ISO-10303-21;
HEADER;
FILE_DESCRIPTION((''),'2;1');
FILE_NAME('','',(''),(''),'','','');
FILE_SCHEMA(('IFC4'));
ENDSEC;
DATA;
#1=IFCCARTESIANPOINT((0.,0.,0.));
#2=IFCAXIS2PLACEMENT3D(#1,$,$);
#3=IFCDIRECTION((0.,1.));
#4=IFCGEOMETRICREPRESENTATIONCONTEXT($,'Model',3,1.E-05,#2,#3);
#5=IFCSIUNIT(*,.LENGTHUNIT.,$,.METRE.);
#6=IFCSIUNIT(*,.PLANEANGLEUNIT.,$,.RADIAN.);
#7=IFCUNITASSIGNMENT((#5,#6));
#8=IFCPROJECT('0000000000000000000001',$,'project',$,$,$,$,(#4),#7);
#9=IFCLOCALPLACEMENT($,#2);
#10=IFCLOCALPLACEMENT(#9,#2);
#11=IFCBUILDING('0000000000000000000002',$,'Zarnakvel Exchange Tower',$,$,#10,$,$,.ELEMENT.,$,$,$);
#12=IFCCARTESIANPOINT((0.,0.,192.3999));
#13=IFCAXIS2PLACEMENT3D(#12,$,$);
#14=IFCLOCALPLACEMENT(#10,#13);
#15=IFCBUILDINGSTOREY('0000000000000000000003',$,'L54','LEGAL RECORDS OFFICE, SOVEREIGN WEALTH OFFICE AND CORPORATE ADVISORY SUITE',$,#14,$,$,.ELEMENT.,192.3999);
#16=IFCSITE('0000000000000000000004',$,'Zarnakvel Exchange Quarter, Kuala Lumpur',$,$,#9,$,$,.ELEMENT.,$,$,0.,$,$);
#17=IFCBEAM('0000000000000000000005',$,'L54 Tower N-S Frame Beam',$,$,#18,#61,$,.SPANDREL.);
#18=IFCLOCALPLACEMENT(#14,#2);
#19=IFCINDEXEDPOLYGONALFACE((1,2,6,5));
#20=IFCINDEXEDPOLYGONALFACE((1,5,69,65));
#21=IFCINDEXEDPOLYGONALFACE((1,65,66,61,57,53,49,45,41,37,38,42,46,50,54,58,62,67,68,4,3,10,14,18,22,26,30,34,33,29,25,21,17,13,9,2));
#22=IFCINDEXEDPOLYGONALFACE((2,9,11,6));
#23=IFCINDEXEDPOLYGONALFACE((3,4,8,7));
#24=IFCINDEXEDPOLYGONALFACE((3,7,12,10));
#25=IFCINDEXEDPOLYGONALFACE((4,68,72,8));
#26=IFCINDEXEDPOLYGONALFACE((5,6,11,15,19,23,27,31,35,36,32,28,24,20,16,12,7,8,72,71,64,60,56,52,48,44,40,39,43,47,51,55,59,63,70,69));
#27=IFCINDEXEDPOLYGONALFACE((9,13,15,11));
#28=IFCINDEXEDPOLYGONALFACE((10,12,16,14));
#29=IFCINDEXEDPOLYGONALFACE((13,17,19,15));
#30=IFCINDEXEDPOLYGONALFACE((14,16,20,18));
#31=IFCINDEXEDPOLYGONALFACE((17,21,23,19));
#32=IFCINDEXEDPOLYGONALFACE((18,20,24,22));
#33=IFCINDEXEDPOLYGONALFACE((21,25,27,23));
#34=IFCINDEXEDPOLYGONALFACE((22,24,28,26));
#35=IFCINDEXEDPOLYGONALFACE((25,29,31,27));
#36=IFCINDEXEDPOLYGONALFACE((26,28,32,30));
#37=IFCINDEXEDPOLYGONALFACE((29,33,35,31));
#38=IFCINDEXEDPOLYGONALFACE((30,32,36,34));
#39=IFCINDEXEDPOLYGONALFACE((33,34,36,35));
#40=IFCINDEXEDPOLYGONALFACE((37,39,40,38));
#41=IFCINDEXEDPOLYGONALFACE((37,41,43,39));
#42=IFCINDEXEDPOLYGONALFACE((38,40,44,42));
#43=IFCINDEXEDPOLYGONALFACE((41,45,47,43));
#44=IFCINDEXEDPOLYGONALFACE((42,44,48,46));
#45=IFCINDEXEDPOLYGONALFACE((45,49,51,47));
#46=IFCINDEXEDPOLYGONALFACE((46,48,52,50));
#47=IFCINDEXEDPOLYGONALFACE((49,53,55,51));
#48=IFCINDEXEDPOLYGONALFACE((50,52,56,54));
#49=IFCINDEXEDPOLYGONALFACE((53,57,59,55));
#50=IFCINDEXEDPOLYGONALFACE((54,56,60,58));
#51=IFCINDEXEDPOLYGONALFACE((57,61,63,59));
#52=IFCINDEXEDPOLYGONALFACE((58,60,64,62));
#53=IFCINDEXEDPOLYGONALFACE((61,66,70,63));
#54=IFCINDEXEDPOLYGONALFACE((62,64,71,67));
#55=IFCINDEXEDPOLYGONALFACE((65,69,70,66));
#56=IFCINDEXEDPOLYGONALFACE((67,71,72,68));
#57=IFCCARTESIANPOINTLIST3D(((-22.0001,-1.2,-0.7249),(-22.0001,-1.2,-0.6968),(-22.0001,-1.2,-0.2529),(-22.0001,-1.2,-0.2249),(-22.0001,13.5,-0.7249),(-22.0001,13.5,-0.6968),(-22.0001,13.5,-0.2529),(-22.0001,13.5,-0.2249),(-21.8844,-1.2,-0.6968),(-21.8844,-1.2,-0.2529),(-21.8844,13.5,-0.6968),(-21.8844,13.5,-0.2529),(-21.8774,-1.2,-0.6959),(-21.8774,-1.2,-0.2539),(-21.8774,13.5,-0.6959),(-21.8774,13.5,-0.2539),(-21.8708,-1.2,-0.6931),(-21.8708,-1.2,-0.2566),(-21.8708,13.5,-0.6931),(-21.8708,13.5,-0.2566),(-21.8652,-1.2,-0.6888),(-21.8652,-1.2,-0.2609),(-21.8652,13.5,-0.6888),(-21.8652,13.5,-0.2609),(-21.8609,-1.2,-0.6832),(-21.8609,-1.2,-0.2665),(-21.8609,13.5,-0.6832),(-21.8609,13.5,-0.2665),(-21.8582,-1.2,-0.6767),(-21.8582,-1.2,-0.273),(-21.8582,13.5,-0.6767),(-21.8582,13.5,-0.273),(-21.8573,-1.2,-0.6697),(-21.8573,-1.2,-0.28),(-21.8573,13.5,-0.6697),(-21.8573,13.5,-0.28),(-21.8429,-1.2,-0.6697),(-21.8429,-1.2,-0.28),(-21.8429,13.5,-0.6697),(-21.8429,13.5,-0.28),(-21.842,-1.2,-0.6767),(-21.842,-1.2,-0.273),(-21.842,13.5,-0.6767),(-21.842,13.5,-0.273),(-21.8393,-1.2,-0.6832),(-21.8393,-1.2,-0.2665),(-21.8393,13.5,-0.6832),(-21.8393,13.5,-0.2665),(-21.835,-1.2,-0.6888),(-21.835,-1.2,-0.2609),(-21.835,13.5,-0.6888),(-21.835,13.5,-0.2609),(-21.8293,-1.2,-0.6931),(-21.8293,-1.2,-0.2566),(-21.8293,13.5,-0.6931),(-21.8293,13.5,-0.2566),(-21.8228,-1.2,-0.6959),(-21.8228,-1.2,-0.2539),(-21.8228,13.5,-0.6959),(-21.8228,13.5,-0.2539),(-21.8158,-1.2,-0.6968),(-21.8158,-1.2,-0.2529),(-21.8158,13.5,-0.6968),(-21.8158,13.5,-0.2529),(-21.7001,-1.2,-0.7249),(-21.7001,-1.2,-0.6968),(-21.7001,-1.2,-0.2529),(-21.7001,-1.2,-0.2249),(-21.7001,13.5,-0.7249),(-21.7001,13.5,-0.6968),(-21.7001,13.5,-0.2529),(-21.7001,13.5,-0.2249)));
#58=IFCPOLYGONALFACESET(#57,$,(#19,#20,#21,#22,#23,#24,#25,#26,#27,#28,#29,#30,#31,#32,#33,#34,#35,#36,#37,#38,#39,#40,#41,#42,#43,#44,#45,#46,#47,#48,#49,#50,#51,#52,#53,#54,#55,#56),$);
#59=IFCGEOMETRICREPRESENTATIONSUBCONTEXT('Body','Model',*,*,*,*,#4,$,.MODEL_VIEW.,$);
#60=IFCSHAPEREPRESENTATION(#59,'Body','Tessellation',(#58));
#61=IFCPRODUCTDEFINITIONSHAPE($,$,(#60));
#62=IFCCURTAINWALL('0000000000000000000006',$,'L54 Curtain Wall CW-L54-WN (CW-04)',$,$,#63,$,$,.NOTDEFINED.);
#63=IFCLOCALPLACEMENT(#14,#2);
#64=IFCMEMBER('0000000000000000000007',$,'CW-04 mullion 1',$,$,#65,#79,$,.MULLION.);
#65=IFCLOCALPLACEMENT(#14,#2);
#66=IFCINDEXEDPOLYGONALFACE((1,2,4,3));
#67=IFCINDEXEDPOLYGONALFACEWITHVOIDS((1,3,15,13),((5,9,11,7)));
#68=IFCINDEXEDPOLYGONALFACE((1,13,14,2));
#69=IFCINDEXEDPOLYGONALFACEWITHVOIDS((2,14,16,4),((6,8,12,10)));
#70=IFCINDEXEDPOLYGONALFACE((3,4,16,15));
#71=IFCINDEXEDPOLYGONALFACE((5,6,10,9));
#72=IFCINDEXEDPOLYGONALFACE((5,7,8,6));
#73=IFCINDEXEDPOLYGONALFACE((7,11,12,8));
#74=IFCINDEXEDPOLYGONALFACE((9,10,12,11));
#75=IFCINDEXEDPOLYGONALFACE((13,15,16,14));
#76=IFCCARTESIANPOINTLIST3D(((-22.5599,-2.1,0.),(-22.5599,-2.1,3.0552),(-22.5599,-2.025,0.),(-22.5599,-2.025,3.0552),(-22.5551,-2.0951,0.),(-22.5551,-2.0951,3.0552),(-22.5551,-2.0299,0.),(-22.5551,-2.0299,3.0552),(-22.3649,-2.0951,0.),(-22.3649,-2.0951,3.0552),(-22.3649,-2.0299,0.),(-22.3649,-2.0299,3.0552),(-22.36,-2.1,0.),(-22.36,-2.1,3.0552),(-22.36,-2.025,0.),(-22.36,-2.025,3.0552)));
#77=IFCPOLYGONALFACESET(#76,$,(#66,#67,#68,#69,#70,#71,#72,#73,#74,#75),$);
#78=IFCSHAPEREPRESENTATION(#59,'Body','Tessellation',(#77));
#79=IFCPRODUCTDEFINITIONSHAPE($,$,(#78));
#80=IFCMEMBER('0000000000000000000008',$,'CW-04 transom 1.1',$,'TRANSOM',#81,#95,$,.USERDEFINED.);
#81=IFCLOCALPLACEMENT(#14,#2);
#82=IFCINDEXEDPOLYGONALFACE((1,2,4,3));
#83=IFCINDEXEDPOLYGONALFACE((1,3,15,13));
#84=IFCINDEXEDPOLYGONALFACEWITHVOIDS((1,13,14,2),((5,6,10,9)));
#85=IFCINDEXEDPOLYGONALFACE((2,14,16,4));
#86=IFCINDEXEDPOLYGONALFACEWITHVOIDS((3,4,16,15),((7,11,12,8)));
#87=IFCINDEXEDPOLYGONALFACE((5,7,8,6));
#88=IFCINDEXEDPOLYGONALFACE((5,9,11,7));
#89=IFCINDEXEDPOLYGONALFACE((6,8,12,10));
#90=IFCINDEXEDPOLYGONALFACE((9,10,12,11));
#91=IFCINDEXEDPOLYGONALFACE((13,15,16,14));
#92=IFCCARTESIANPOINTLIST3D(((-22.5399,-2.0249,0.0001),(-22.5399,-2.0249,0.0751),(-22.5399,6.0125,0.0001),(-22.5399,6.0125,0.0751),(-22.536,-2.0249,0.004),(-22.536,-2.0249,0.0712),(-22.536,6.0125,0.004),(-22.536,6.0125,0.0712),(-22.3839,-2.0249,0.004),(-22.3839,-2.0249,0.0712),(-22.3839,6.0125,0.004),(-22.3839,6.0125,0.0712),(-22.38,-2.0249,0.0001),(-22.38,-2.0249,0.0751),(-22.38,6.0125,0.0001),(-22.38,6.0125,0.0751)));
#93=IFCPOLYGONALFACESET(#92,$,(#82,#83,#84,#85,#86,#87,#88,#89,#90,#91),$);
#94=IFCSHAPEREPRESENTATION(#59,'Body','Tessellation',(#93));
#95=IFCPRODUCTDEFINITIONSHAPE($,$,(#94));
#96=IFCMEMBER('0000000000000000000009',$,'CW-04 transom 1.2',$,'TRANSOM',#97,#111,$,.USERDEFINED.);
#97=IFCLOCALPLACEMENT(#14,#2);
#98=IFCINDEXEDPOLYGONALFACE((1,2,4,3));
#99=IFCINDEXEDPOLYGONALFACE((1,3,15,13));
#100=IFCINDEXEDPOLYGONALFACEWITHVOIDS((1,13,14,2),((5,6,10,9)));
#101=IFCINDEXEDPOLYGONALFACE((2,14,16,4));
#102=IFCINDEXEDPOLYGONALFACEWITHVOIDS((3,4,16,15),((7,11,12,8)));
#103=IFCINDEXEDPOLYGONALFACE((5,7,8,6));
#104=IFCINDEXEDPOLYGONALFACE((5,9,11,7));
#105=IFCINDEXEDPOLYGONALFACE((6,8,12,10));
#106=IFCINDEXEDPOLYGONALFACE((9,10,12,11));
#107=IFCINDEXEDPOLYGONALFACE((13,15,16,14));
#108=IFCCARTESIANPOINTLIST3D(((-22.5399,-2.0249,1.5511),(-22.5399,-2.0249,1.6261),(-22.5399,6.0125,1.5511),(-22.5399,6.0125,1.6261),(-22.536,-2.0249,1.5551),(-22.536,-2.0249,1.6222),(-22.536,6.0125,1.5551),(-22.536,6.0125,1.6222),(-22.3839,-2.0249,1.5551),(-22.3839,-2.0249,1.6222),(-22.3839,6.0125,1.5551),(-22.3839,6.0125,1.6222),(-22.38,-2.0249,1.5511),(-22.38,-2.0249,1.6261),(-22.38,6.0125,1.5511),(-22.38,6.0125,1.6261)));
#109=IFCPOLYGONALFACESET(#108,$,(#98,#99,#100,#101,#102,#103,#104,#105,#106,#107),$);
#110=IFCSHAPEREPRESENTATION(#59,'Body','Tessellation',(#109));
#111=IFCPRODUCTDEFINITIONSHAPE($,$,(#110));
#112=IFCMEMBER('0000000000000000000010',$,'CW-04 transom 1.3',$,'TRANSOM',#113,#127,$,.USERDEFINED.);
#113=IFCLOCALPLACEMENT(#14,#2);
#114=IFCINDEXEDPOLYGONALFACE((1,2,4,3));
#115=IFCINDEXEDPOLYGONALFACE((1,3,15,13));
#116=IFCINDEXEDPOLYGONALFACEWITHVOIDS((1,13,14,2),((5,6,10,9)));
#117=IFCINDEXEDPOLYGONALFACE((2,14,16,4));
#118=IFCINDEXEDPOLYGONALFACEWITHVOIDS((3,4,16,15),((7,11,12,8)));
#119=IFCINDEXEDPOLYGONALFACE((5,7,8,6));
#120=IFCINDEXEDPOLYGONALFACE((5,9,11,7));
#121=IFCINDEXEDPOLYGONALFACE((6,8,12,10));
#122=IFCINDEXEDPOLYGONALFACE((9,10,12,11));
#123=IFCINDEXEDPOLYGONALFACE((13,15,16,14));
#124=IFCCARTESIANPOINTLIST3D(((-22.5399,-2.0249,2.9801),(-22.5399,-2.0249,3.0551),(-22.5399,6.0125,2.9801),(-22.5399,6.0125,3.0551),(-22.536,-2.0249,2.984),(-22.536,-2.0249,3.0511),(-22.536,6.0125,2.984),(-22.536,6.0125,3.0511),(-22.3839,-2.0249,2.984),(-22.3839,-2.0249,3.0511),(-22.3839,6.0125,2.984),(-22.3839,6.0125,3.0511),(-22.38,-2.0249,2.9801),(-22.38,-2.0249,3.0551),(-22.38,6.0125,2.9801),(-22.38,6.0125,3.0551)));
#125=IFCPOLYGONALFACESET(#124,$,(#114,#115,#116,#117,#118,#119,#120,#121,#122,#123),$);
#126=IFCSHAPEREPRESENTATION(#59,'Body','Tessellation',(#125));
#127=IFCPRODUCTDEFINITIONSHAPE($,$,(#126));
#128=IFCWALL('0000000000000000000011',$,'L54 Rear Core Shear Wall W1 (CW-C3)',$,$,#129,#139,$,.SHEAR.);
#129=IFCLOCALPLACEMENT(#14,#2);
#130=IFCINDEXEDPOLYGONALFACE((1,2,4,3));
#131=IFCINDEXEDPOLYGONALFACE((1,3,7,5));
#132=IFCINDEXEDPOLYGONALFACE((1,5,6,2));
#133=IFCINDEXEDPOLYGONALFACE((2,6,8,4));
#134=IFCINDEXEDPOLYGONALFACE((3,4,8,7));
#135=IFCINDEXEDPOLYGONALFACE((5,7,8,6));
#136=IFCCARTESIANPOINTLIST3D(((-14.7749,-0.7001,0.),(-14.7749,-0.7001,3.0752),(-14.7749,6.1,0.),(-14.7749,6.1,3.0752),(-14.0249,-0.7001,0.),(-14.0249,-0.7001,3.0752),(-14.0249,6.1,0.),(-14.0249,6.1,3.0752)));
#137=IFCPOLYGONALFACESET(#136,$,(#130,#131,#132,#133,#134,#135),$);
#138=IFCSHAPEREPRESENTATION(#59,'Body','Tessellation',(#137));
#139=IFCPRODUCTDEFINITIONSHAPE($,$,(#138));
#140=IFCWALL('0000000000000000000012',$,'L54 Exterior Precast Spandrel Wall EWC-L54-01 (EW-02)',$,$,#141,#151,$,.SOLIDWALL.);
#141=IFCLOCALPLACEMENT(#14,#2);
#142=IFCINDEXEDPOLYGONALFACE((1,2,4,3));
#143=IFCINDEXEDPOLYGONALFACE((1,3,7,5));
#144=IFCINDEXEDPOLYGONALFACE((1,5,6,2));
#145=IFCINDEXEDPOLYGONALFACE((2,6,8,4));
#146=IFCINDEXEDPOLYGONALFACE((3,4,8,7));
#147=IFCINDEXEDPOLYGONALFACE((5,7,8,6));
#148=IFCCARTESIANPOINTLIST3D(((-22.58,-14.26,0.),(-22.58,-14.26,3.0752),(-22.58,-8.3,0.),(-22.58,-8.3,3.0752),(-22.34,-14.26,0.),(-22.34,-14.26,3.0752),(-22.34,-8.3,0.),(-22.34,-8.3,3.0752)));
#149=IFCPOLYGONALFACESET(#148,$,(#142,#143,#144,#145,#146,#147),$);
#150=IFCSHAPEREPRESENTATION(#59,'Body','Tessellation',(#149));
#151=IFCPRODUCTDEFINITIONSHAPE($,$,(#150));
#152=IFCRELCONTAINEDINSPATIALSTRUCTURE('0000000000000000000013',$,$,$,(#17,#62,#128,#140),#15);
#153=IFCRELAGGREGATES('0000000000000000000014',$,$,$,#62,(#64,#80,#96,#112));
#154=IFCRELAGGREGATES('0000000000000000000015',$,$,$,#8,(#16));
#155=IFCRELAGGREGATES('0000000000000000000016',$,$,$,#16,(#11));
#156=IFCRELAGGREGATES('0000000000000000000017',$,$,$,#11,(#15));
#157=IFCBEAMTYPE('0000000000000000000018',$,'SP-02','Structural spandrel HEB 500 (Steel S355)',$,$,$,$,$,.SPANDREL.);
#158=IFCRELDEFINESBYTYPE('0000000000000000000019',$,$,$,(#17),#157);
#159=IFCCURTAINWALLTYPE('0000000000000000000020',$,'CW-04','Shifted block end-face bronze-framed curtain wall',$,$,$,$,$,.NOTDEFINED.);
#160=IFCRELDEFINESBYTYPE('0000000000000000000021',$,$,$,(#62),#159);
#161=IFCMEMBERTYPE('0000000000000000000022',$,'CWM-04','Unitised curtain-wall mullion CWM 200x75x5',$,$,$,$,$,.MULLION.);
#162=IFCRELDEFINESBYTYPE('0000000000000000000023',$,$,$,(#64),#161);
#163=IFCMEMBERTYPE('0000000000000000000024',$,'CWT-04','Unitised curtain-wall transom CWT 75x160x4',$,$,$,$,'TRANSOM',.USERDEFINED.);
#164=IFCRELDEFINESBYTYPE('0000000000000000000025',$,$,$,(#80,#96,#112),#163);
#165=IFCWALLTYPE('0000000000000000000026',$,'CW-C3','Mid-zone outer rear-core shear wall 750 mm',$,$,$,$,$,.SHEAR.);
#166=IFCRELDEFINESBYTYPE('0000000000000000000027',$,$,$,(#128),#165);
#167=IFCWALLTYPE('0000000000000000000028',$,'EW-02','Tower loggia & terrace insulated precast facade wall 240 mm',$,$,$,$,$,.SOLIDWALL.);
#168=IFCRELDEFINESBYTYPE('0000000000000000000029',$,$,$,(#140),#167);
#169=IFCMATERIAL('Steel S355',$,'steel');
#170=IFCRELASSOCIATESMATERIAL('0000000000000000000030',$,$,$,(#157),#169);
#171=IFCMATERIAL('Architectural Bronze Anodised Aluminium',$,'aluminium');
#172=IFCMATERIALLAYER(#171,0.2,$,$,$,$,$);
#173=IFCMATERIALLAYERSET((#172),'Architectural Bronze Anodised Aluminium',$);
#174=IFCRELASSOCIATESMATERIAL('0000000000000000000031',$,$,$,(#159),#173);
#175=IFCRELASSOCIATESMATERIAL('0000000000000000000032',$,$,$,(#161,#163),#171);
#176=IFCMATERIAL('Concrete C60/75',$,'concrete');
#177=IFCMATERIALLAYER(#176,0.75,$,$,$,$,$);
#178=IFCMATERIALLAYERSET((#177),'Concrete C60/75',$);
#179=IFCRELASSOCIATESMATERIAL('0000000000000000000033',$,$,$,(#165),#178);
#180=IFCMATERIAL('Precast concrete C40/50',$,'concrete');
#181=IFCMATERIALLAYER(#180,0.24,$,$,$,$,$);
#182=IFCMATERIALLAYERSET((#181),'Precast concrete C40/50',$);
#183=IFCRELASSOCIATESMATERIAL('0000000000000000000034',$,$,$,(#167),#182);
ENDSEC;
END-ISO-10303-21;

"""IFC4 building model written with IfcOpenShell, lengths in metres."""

from ifc_helpers import new_model, si_unit, direction, frame, frame_2d, origin, origin_2d, place, context, subcontext, project, spatial, rectangle, hollow_rectangle, i_section, extrude, source, transform, mapped, material, layer, layer_set, material_profile, profile_set, type_object, element, aggregate, save


model = new_model("IFC4")

# Units and contexts
model_context = context("Model", 3, precision=1e-05, world=origin(), true_north=direction((0.0, 1.0)))
body_context = subcontext(model_context, "Body", "Model", "MODEL_VIEW")
ifc_project = project(units=[si_unit("LENGTHUNIT", "METRE"), si_unit("PLANEANGLEUNIT", "RADIAN")], contexts=[model_context])

# Site, building, storey
site_placement = place(None, origin())
site = spatial("IfcSite", under=ifc_project, at=site_placement, Name="Zarnakvel Exchange Quarter, Kuala Lumpur", CompositionType="ELEMENT", RefElevation=0.0)
building_placement = place(site_placement, origin())
building = spatial("IfcBuilding", under=site, at=building_placement, Name="Zarnakvel Exchange Tower", CompositionType="ELEMENT")
storey_placement = place(building_placement, frame((0.0, 0.0, 192.3999)))
storey = spatial("IfcBuildingStorey", under=building, at=storey_placement, Name="L54", Description="LEGAL RECORDS OFFICE, SOVEREIGN WEALTH OFFICE AND CORPORATE ADVISORY SUITE", CompositionType="ELEMENT", Elevation=192.3999)

# Shared definitions
ifc_material_1 = material(Name="Concrete C60/75", Category="concrete")
ifc_material_2 = material(Name="Steel S355", Category="steel")

# Beam
ifc_material_profile_1 = material_profile(ifc_material_2, i_section(OverallWidth=0.3, OverallDepth=0.5, WebThickness=0.0144, FlangeThickness=0.0281, FilletRadius=0.0271, at=origin_2d()))
ifc_profile_set_1 = profile_set([ifc_material_profile_1], Name="Steel S355")
beam_type_1 = type_object("IfcBeamType", Name="SP-02", Description="Structural spandrel HEB 500 (Steel S355)", PredefinedType="SPANDREL", material=ifc_profile_set_1)
beam_1_placement = place(storey_placement, frame((-21.8501, -1.2, -0.4749), z_axis=(0.0, 1.0, 0.0), x_axis=(-1.0, 0.0, 0.0)))
element("IfcBeam", 1, at=beam_1_placement, inside=storey, type_object=beam_type_1, Name="L54 Tower N-S Frame Beam", PredefinedType="SPANDREL", context=body_context, shape_type="SweptSolid", body=[
    extrude(i_section(OverallWidth=0.3, OverallDepth=0.5, WebThickness=0.0144, FlangeThickness=0.0281, FilletRadius=0.0271, at=origin_2d()), origin(), (0.0, 0.0, 1.0), 14.7),
])

# Curtain wall, members
ifc_material_3 = material(Name="Architectural Bronze Anodised Aluminium", Category="aluminium")
ifc_layer_1 = layer(ifc_material_3, 0.2)
ifc_layer_set_1 = layer_set([ifc_layer_1], Name="Architectural Bronze Anodised Aluminium")
curtain_wall_type = type_object("IfcCurtainWallType", Name="CW-04", Description="Shifted block end-face bronze-framed curtain wall", PredefinedType="NOTDEFINED", material=ifc_layer_set_1)
curtain_wall_placement = place(storey_placement, origin())
curtain_wall = element("IfcCurtainWall", 2, at=curtain_wall_placement, inside=storey, type_object=curtain_wall_type, Name="L54 Curtain Wall CW-L54-WN (CW-04)", PredefinedType="NOTDEFINED")
ifc_material_profile_2 = material_profile(ifc_material_3, hollow_rectangle(XDim=0.2, YDim=0.075, WallThickness=0.0049, at=origin_2d()))
ifc_profile_set_2 = profile_set([ifc_material_profile_2], Name="Architectural Bronze Anodised Aluminium")
member_type_1 = type_object("IfcMemberType", Name="CWM-04", Description="Unitised curtain-wall mullion CWM 200x75x5", PredefinedType="MULLION", material=ifc_profile_set_2)
shared_shape_1 = source(origin(), body_context, "Body", "SweptSolid", [
    extrude(hollow_rectangle(XDim=0.2, YDim=0.075, WallThickness=0.0049, at=origin_2d()), origin(), (0.0, 0.0, 1.0), 3.0552),
])
member_1_placement = place(storey_placement, frame((-22.46, -2.0625, 0.0), z_axis=(0.0, 0.0, 1.0), x_axis=(-1.0, 0.0, 0.0)))
member_1 = element("IfcMember", 3, at=member_1_placement, type_object=member_type_1, Name="CW-04 mullion 1", PredefinedType="MULLION", context=body_context, shape_type="MappedRepresentation", body=[
    mapped(shared_shape_1, transform((0.0, 0.0, 0.0), x_axis=(1.0, 0.0, 0.0), y_axis=(0.0, 1.0, 0.0), z_axis=(0.0, 0.0, 1.0), scale=1.0)),
])
ifc_material_profile_3 = material_profile(ifc_material_3, hollow_rectangle(XDim=0.1599, YDim=0.075, WallThickness=0.0039, at=origin_2d()))
ifc_profile_set_3 = profile_set([ifc_material_profile_3], Name="Architectural Bronze Anodised Aluminium")
member_type_2 = type_object("IfcMemberType", Name="CWT-04", Description="Unitised curtain-wall transom CWT 75x160x4", ElementType="TRANSOM", PredefinedType="USERDEFINED", material=ifc_profile_set_3)
shared_shape_2 = source(origin(), body_context, "Body", "SweptSolid", [
    extrude(hollow_rectangle(XDim=0.1599, YDim=0.075, WallThickness=0.0039, at=origin_2d()), origin(), (0.0, 0.0, 1.0), 8.0374),
])
member_2_placement = place(storey_placement, frame((-22.46, -2.0249, 0.0376), z_axis=(0.0, 1.0, 0.0), x_axis=(-1.0, 0.0, 0.0)))
member_2 = element("IfcMember", 4, at=member_2_placement, type_object=member_type_2, Name="CW-04 transom 1.1", ObjectType="TRANSOM", PredefinedType="USERDEFINED", context=body_context, shape_type="MappedRepresentation", body=[
    mapped(shared_shape_2, transform((0.0, 0.0, 0.0), x_axis=(1.0, 0.0, 0.0), y_axis=(0.0, 1.0, 0.0), z_axis=(0.0, 0.0, 1.0), scale=1.0)),
])
member_3_placement = place(storey_placement, frame((-22.46, -2.0249, 1.5886), z_axis=(0.0, 1.0, 0.0), x_axis=(-1.0, 0.0, 0.0)))
member_3 = element("IfcMember", 5, at=member_3_placement, type_object=member_type_2, Name="CW-04 transom 1.2", ObjectType="TRANSOM", PredefinedType="USERDEFINED", context=body_context, shape_type="MappedRepresentation", body=[
    mapped(shared_shape_2, transform((0.0, 0.0, 0.0), x_axis=(1.0, 0.0, 0.0), y_axis=(0.0, 1.0, 0.0), z_axis=(0.0, 0.0, 1.0), scale=1.0)),
])
member_4_placement = place(storey_placement, frame((-22.46, -2.0249, 3.0176), z_axis=(0.0, 1.0, 0.0), x_axis=(-1.0, 0.0, 0.0)))
member_4 = element("IfcMember", 6, at=member_4_placement, type_object=member_type_2, Name="CW-04 transom 1.3", ObjectType="TRANSOM", PredefinedType="USERDEFINED", context=body_context, shape_type="MappedRepresentation", body=[
    mapped(shared_shape_2, transform((0.0, 0.0, 0.0), x_axis=(1.0, 0.0, 0.0), y_axis=(0.0, 1.0, 0.0), z_axis=(0.0, 0.0, 1.0), scale=1.0)),
])
aggregate(curtain_wall, [member_1, member_2, member_3, member_4])

# Walls
ifc_layer_2 = layer(ifc_material_1, 0.75)
ifc_layer_set_2 = layer_set([ifc_layer_2], Name="Concrete C60/75")
wall_type_1 = type_object("IfcWallType", Name="CW-C3", Description="Mid-zone outer rear-core shear wall 750 mm", PredefinedType="SHEAR", material=ifc_layer_set_2)
wall_1_placement = place(storey_placement, frame((-14.3999, -0.7, 0.0), z_axis=(0.0, 0.0, 1.0), x_axis=(0.0, 1.0, 0.0)))
element("IfcWall", 7, at=wall_1_placement, inside=storey, type_object=wall_type_1, Name="L54 Rear Core Shear Wall W1 (CW-C3)", PredefinedType="SHEAR", context=body_context, shape_type="SweptSolid", body=[
    extrude(rectangle(XDim=6.8, YDim=0.75, at=frame_2d((3.3999, 0.0))), origin(), (0.0, 0.0, 1.0), 3.0752),
])
ifc_material_4 = material(Name="Precast concrete C40/50", Category="concrete")
ifc_layer_3 = layer(ifc_material_4, 0.24)
ifc_layer_set_3 = layer_set([ifc_layer_3], Name="Precast concrete C40/50")
wall_type_2 = type_object("IfcWallType", Name="EW-02", Description="Tower loggia & terrace insulated precast facade wall 240 mm", PredefinedType="SOLIDWALL", material=ifc_layer_set_3)
wall_2_placement = place(storey_placement, frame((-22.46, -8.3, 0.0), z_axis=(0.0, 0.0, 1.0), x_axis=(0.0, -1.0, 0.0)))
element("IfcWall", 8, at=wall_2_placement, inside=storey, type_object=wall_type_2, Name="L54 Exterior Precast Spandrel Wall EWC-L54-01 (EW-02)", PredefinedType="SOLIDWALL", context=body_context, shape_type="SweptSolid", body=[
    extrude(rectangle(XDim=5.96, YDim=0.24, at=frame_2d((2.98, 0.0))), origin(), (0.0, 0.0, 1.0), 3.0752),
])

save(model, "model.ifc")
